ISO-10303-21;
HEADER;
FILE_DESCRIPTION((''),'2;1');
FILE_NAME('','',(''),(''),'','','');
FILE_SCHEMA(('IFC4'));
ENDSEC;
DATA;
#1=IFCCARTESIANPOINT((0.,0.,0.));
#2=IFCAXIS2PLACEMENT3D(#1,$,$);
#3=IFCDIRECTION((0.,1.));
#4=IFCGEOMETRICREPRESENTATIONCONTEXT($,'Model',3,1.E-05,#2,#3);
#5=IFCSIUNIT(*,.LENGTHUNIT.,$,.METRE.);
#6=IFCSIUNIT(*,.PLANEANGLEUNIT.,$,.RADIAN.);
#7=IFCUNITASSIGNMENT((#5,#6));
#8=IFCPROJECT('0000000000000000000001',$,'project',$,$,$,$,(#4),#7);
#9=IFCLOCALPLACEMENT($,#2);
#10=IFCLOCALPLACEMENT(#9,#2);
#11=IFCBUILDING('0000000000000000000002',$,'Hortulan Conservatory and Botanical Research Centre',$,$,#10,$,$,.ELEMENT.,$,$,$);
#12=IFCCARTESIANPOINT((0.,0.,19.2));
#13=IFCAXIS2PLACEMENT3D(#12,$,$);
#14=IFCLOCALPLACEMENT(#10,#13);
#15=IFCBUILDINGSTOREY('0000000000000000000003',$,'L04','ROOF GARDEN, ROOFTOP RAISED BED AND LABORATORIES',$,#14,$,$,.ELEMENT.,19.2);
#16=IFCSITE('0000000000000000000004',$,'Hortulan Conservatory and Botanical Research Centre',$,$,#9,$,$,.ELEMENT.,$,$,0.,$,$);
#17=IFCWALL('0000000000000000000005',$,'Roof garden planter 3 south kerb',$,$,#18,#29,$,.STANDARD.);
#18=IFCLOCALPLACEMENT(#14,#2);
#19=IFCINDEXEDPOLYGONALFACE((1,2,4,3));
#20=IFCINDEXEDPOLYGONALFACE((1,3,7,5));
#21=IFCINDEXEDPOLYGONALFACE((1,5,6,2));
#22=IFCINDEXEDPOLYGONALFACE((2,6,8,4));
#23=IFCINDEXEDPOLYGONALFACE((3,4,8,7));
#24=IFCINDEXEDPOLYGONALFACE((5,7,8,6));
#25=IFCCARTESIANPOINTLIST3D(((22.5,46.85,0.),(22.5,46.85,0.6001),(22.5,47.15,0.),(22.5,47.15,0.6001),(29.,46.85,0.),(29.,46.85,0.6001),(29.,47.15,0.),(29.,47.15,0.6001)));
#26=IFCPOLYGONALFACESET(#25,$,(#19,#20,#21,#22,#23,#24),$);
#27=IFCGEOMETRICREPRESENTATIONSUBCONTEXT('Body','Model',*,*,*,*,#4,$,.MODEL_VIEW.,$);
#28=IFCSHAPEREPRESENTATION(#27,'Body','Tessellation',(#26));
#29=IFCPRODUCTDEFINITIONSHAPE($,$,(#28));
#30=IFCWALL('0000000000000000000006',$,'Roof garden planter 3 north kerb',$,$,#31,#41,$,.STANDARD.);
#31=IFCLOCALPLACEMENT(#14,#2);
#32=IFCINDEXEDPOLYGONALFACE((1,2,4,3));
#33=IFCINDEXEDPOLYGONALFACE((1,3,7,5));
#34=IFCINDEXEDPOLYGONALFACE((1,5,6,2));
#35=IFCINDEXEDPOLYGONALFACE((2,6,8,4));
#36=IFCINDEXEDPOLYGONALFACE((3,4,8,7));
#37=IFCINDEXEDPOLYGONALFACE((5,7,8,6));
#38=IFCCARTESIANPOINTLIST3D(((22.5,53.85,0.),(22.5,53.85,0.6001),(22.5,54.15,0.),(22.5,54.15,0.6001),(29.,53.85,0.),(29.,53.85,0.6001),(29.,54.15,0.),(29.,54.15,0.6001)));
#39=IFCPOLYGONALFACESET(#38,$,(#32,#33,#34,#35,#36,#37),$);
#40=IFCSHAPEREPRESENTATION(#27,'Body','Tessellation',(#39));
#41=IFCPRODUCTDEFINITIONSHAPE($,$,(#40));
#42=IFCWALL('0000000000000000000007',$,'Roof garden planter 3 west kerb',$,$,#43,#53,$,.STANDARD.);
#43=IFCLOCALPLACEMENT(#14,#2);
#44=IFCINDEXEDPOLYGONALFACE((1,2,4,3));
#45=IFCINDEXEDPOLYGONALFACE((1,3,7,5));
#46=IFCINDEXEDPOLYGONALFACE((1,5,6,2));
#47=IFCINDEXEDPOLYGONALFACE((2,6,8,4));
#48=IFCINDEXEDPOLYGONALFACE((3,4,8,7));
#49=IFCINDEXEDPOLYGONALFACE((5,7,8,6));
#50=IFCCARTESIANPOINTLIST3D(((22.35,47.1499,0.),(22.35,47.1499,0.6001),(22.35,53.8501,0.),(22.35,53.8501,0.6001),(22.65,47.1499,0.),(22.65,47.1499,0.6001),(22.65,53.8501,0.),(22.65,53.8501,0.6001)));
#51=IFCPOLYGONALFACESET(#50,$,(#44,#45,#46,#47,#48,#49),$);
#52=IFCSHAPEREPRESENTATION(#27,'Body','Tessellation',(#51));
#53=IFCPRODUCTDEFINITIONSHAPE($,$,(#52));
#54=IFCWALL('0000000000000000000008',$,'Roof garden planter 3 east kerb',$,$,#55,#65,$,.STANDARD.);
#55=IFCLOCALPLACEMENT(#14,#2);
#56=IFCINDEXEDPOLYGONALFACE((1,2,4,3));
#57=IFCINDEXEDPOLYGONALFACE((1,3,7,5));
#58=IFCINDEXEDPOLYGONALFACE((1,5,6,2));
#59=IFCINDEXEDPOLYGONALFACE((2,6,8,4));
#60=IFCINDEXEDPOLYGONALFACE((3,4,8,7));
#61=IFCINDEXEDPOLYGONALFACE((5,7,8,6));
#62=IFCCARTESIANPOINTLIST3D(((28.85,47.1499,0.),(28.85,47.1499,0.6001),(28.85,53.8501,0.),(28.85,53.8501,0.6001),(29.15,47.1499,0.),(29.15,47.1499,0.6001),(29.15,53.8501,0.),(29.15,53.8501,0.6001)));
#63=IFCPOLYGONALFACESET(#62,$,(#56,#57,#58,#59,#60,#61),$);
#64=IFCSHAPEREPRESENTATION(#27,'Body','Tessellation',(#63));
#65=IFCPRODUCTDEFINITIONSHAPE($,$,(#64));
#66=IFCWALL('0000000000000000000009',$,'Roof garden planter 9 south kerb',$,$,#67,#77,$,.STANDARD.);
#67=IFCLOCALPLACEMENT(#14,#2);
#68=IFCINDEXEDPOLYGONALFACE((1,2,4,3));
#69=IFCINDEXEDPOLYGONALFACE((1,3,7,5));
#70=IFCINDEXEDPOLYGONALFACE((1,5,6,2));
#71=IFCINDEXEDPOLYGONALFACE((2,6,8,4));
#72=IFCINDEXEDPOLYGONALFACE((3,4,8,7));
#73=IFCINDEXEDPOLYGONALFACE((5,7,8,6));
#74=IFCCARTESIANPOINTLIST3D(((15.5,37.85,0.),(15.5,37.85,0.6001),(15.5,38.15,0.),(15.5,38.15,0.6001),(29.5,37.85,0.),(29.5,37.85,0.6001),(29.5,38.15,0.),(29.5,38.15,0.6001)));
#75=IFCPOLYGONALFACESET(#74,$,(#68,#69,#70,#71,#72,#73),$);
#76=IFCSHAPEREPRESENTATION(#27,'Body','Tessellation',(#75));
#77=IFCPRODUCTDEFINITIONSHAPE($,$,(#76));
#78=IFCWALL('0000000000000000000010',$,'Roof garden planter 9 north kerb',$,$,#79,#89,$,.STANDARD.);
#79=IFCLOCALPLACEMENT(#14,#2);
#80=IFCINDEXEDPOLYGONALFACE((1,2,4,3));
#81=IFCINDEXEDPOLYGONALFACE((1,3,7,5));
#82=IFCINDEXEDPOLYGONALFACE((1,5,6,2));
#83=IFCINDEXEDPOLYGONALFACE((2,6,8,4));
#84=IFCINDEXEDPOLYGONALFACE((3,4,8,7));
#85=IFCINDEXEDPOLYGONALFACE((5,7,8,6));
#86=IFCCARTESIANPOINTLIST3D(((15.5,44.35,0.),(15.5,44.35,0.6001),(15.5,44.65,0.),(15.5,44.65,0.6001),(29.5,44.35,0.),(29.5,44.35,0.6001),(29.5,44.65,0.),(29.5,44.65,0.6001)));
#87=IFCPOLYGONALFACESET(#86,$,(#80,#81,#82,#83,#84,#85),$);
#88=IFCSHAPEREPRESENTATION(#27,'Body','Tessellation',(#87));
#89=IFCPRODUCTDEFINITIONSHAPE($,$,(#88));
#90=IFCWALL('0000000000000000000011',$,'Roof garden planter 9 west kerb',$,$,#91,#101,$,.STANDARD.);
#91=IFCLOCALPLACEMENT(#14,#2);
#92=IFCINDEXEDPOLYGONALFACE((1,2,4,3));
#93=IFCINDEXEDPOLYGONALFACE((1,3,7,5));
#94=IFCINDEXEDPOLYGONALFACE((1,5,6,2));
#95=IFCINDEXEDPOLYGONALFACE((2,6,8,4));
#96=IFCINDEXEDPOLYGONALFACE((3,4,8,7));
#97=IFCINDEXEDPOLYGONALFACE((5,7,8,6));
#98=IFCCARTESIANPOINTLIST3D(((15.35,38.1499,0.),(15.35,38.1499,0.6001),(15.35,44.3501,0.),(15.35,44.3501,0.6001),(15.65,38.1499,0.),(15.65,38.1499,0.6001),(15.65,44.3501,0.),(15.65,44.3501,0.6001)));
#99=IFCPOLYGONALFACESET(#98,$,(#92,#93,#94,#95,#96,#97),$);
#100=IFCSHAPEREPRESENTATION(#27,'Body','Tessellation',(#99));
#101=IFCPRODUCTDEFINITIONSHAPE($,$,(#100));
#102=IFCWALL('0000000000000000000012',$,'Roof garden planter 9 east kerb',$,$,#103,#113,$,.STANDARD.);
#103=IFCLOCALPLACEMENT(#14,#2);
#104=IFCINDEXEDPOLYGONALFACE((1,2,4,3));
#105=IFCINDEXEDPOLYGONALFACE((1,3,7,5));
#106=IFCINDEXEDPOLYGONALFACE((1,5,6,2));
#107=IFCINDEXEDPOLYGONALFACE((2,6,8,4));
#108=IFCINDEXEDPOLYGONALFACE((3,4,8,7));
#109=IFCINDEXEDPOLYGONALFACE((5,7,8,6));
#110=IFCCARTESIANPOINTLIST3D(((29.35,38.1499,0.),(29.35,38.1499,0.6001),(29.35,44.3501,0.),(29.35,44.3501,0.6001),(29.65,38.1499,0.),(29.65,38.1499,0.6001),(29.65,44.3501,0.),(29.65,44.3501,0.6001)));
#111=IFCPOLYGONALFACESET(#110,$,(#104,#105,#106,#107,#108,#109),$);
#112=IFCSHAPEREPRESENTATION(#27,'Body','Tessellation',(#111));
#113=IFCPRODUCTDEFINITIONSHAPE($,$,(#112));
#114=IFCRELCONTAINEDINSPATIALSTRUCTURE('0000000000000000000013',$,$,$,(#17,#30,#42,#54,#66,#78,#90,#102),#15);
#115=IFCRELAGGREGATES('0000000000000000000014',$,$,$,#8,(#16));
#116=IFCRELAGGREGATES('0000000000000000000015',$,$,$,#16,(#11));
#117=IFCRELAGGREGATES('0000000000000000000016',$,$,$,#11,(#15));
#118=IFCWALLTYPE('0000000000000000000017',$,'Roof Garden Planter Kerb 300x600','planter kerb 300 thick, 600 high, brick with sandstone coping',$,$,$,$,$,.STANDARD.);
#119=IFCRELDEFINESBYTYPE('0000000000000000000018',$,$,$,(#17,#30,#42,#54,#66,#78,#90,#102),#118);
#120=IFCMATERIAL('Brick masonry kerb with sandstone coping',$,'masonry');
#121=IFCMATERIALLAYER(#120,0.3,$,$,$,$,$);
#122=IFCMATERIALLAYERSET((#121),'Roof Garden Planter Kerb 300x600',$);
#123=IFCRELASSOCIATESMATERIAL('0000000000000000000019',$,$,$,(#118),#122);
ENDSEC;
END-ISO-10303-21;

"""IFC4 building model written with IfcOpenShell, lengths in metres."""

from ifc_helpers import new_model, si_unit, direction, frame, frame_2d, origin, place, context, subcontext, project, spatial, rectangle, extrude, material, layer, layer_set, type_object, element, save


model = new_model("IFC4")

# Units and contexts
model_context = context("Model", 3, precision=1e-05, world=origin(), true_north=direction((0.0, 1.0)))
body_context = subcontext(model_context, "Body", "Model", "MODEL_VIEW")
ifc_project = project(units=[si_unit("LENGTHUNIT", "METRE"), si_unit("PLANEANGLEUNIT", "RADIAN")], contexts=[model_context])

# Site, building, storey
site_placement = place(None, origin())
site = spatial("IfcSite", under=ifc_project, at=site_placement, Name="Hortulan Conservatory and Botanical Research Centre", CompositionType="ELEMENT", RefElevation=0.0)
building_placement = place(site_placement, origin())
building = spatial("IfcBuilding", under=site, at=building_placement, Name="Hortulan Conservatory and Botanical Research Centre", CompositionType="ELEMENT")
storey_placement = place(building_placement, frame((0.0, 0.0, 19.2)))
storey = spatial("IfcBuildingStorey", under=building, at=storey_placement, Name="L04", Description="ROOF GARDEN, ROOFTOP RAISED BED AND LABORATORIES", CompositionType="ELEMENT", Elevation=19.2)

# Walls
ifc_material_1 = material(Name="Brick masonry kerb with sandstone coping", Category="masonry")
ifc_layer = layer(ifc_material_1, 0.3)
ifc_layer_set = layer_set([ifc_layer], Name="Roof Garden Planter Kerb 300x600")
wall_type = type_object("IfcWallType", Name="Roof Garden Planter Kerb 300x600", Description="planter kerb 300 thick, 600 high, brick with sandstone coping", PredefinedType="STANDARD", material=ifc_layer_set)
for number, where, z_axis, x_axis, name in (
    (1, (22.5, 47.0, 0.0), (0.0, 0.0, 1.0), (1.0, 0.0, 0.0), "Roof garden planter 3 south kerb"),
    (2, (22.5, 54.0, 0.0), (0.0, 0.0, 1.0), (1.0, 0.0, 0.0), "Roof garden planter 3 north kerb"),
):
    element("IfcWall", number, at=place(storey_placement, frame(where, z_axis=z_axis, x_axis=x_axis)), inside=storey, type_object=wall_type, Name=name, PredefinedType="STANDARD", context=body_context, shape_type="SweptSolid", body=[
        extrude(rectangle(XDim=6.5, YDim=0.3, at=frame_2d((3.25, 0.0))), origin(), (0.0, 0.0, 1.0), 0.6001),
    ])
for number, where, z_axis, x_axis, name in (
    (3, (22.5, 47.1499, 0.0), (0.0, 0.0, 1.0), (0.0, 1.0, 0.0), "Roof garden planter 3 west kerb"),
    (4, (29.0, 47.1499, 0.0), (0.0, 0.0, 1.0), (0.0, 1.0, 0.0), "Roof garden planter 3 east kerb"),
):
    element("IfcWall", number, at=place(storey_placement, frame(where, z_axis=z_axis, x_axis=x_axis)), inside=storey, type_object=wall_type, Name=name, PredefinedType="STANDARD", context=body_context, shape_type="SweptSolid", body=[
        extrude(rectangle(XDim=6.7002, YDim=0.3, at=frame_2d((3.3501, 0.0))), origin(), (0.0, 0.0, 1.0), 0.6001),
    ])
for number, where, z_axis, x_axis, name in (
    (5, (15.5, 38.0, 0.0), (0.0, 0.0, 1.0), (1.0, 0.0, 0.0), "Roof garden planter 9 south kerb"),
    (6, (15.5, 44.5, 0.0), (0.0, 0.0, 1.0), (1.0, 0.0, 0.0), "Roof garden planter 9 north kerb"),
):
    element("IfcWall", number, at=place(storey_placement, frame(where, z_axis=z_axis, x_axis=x_axis)), inside=storey, type_object=wall_type, Name=name, PredefinedType="STANDARD", context=body_context, shape_type="SweptSolid", body=[
        extrude(rectangle(XDim=14.0, YDim=0.3, at=frame_2d((7.0, 0.0))), origin(), (0.0, 0.0, 1.0), 0.6001),
    ])
for number, where, z_axis, x_axis, name in (
    (7, (15.5, 38.1499, 0.0), (0.0, 0.0, 1.0), (0.0, 1.0, 0.0), "Roof garden planter 9 west kerb"),
    (8, (29.5, 38.1499, 0.0), (0.0, 0.0, 1.0), (0.0, 1.0, 0.0), "Roof garden planter 9 east kerb"),
):
    element("IfcWall", number, at=place(storey_placement, frame(where, z_axis=z_axis, x_axis=x_axis)), inside=storey, type_object=wall_type, Name=name, PredefinedType="STANDARD", context=body_context, shape_type="SweptSolid", body=[
        extrude(rectangle(XDim=6.2002, YDim=0.3, at=frame_2d((3.1001, 0.0))), origin(), (0.0, 0.0, 1.0), 0.6001),
    ])

save(model, "model.ifc")
